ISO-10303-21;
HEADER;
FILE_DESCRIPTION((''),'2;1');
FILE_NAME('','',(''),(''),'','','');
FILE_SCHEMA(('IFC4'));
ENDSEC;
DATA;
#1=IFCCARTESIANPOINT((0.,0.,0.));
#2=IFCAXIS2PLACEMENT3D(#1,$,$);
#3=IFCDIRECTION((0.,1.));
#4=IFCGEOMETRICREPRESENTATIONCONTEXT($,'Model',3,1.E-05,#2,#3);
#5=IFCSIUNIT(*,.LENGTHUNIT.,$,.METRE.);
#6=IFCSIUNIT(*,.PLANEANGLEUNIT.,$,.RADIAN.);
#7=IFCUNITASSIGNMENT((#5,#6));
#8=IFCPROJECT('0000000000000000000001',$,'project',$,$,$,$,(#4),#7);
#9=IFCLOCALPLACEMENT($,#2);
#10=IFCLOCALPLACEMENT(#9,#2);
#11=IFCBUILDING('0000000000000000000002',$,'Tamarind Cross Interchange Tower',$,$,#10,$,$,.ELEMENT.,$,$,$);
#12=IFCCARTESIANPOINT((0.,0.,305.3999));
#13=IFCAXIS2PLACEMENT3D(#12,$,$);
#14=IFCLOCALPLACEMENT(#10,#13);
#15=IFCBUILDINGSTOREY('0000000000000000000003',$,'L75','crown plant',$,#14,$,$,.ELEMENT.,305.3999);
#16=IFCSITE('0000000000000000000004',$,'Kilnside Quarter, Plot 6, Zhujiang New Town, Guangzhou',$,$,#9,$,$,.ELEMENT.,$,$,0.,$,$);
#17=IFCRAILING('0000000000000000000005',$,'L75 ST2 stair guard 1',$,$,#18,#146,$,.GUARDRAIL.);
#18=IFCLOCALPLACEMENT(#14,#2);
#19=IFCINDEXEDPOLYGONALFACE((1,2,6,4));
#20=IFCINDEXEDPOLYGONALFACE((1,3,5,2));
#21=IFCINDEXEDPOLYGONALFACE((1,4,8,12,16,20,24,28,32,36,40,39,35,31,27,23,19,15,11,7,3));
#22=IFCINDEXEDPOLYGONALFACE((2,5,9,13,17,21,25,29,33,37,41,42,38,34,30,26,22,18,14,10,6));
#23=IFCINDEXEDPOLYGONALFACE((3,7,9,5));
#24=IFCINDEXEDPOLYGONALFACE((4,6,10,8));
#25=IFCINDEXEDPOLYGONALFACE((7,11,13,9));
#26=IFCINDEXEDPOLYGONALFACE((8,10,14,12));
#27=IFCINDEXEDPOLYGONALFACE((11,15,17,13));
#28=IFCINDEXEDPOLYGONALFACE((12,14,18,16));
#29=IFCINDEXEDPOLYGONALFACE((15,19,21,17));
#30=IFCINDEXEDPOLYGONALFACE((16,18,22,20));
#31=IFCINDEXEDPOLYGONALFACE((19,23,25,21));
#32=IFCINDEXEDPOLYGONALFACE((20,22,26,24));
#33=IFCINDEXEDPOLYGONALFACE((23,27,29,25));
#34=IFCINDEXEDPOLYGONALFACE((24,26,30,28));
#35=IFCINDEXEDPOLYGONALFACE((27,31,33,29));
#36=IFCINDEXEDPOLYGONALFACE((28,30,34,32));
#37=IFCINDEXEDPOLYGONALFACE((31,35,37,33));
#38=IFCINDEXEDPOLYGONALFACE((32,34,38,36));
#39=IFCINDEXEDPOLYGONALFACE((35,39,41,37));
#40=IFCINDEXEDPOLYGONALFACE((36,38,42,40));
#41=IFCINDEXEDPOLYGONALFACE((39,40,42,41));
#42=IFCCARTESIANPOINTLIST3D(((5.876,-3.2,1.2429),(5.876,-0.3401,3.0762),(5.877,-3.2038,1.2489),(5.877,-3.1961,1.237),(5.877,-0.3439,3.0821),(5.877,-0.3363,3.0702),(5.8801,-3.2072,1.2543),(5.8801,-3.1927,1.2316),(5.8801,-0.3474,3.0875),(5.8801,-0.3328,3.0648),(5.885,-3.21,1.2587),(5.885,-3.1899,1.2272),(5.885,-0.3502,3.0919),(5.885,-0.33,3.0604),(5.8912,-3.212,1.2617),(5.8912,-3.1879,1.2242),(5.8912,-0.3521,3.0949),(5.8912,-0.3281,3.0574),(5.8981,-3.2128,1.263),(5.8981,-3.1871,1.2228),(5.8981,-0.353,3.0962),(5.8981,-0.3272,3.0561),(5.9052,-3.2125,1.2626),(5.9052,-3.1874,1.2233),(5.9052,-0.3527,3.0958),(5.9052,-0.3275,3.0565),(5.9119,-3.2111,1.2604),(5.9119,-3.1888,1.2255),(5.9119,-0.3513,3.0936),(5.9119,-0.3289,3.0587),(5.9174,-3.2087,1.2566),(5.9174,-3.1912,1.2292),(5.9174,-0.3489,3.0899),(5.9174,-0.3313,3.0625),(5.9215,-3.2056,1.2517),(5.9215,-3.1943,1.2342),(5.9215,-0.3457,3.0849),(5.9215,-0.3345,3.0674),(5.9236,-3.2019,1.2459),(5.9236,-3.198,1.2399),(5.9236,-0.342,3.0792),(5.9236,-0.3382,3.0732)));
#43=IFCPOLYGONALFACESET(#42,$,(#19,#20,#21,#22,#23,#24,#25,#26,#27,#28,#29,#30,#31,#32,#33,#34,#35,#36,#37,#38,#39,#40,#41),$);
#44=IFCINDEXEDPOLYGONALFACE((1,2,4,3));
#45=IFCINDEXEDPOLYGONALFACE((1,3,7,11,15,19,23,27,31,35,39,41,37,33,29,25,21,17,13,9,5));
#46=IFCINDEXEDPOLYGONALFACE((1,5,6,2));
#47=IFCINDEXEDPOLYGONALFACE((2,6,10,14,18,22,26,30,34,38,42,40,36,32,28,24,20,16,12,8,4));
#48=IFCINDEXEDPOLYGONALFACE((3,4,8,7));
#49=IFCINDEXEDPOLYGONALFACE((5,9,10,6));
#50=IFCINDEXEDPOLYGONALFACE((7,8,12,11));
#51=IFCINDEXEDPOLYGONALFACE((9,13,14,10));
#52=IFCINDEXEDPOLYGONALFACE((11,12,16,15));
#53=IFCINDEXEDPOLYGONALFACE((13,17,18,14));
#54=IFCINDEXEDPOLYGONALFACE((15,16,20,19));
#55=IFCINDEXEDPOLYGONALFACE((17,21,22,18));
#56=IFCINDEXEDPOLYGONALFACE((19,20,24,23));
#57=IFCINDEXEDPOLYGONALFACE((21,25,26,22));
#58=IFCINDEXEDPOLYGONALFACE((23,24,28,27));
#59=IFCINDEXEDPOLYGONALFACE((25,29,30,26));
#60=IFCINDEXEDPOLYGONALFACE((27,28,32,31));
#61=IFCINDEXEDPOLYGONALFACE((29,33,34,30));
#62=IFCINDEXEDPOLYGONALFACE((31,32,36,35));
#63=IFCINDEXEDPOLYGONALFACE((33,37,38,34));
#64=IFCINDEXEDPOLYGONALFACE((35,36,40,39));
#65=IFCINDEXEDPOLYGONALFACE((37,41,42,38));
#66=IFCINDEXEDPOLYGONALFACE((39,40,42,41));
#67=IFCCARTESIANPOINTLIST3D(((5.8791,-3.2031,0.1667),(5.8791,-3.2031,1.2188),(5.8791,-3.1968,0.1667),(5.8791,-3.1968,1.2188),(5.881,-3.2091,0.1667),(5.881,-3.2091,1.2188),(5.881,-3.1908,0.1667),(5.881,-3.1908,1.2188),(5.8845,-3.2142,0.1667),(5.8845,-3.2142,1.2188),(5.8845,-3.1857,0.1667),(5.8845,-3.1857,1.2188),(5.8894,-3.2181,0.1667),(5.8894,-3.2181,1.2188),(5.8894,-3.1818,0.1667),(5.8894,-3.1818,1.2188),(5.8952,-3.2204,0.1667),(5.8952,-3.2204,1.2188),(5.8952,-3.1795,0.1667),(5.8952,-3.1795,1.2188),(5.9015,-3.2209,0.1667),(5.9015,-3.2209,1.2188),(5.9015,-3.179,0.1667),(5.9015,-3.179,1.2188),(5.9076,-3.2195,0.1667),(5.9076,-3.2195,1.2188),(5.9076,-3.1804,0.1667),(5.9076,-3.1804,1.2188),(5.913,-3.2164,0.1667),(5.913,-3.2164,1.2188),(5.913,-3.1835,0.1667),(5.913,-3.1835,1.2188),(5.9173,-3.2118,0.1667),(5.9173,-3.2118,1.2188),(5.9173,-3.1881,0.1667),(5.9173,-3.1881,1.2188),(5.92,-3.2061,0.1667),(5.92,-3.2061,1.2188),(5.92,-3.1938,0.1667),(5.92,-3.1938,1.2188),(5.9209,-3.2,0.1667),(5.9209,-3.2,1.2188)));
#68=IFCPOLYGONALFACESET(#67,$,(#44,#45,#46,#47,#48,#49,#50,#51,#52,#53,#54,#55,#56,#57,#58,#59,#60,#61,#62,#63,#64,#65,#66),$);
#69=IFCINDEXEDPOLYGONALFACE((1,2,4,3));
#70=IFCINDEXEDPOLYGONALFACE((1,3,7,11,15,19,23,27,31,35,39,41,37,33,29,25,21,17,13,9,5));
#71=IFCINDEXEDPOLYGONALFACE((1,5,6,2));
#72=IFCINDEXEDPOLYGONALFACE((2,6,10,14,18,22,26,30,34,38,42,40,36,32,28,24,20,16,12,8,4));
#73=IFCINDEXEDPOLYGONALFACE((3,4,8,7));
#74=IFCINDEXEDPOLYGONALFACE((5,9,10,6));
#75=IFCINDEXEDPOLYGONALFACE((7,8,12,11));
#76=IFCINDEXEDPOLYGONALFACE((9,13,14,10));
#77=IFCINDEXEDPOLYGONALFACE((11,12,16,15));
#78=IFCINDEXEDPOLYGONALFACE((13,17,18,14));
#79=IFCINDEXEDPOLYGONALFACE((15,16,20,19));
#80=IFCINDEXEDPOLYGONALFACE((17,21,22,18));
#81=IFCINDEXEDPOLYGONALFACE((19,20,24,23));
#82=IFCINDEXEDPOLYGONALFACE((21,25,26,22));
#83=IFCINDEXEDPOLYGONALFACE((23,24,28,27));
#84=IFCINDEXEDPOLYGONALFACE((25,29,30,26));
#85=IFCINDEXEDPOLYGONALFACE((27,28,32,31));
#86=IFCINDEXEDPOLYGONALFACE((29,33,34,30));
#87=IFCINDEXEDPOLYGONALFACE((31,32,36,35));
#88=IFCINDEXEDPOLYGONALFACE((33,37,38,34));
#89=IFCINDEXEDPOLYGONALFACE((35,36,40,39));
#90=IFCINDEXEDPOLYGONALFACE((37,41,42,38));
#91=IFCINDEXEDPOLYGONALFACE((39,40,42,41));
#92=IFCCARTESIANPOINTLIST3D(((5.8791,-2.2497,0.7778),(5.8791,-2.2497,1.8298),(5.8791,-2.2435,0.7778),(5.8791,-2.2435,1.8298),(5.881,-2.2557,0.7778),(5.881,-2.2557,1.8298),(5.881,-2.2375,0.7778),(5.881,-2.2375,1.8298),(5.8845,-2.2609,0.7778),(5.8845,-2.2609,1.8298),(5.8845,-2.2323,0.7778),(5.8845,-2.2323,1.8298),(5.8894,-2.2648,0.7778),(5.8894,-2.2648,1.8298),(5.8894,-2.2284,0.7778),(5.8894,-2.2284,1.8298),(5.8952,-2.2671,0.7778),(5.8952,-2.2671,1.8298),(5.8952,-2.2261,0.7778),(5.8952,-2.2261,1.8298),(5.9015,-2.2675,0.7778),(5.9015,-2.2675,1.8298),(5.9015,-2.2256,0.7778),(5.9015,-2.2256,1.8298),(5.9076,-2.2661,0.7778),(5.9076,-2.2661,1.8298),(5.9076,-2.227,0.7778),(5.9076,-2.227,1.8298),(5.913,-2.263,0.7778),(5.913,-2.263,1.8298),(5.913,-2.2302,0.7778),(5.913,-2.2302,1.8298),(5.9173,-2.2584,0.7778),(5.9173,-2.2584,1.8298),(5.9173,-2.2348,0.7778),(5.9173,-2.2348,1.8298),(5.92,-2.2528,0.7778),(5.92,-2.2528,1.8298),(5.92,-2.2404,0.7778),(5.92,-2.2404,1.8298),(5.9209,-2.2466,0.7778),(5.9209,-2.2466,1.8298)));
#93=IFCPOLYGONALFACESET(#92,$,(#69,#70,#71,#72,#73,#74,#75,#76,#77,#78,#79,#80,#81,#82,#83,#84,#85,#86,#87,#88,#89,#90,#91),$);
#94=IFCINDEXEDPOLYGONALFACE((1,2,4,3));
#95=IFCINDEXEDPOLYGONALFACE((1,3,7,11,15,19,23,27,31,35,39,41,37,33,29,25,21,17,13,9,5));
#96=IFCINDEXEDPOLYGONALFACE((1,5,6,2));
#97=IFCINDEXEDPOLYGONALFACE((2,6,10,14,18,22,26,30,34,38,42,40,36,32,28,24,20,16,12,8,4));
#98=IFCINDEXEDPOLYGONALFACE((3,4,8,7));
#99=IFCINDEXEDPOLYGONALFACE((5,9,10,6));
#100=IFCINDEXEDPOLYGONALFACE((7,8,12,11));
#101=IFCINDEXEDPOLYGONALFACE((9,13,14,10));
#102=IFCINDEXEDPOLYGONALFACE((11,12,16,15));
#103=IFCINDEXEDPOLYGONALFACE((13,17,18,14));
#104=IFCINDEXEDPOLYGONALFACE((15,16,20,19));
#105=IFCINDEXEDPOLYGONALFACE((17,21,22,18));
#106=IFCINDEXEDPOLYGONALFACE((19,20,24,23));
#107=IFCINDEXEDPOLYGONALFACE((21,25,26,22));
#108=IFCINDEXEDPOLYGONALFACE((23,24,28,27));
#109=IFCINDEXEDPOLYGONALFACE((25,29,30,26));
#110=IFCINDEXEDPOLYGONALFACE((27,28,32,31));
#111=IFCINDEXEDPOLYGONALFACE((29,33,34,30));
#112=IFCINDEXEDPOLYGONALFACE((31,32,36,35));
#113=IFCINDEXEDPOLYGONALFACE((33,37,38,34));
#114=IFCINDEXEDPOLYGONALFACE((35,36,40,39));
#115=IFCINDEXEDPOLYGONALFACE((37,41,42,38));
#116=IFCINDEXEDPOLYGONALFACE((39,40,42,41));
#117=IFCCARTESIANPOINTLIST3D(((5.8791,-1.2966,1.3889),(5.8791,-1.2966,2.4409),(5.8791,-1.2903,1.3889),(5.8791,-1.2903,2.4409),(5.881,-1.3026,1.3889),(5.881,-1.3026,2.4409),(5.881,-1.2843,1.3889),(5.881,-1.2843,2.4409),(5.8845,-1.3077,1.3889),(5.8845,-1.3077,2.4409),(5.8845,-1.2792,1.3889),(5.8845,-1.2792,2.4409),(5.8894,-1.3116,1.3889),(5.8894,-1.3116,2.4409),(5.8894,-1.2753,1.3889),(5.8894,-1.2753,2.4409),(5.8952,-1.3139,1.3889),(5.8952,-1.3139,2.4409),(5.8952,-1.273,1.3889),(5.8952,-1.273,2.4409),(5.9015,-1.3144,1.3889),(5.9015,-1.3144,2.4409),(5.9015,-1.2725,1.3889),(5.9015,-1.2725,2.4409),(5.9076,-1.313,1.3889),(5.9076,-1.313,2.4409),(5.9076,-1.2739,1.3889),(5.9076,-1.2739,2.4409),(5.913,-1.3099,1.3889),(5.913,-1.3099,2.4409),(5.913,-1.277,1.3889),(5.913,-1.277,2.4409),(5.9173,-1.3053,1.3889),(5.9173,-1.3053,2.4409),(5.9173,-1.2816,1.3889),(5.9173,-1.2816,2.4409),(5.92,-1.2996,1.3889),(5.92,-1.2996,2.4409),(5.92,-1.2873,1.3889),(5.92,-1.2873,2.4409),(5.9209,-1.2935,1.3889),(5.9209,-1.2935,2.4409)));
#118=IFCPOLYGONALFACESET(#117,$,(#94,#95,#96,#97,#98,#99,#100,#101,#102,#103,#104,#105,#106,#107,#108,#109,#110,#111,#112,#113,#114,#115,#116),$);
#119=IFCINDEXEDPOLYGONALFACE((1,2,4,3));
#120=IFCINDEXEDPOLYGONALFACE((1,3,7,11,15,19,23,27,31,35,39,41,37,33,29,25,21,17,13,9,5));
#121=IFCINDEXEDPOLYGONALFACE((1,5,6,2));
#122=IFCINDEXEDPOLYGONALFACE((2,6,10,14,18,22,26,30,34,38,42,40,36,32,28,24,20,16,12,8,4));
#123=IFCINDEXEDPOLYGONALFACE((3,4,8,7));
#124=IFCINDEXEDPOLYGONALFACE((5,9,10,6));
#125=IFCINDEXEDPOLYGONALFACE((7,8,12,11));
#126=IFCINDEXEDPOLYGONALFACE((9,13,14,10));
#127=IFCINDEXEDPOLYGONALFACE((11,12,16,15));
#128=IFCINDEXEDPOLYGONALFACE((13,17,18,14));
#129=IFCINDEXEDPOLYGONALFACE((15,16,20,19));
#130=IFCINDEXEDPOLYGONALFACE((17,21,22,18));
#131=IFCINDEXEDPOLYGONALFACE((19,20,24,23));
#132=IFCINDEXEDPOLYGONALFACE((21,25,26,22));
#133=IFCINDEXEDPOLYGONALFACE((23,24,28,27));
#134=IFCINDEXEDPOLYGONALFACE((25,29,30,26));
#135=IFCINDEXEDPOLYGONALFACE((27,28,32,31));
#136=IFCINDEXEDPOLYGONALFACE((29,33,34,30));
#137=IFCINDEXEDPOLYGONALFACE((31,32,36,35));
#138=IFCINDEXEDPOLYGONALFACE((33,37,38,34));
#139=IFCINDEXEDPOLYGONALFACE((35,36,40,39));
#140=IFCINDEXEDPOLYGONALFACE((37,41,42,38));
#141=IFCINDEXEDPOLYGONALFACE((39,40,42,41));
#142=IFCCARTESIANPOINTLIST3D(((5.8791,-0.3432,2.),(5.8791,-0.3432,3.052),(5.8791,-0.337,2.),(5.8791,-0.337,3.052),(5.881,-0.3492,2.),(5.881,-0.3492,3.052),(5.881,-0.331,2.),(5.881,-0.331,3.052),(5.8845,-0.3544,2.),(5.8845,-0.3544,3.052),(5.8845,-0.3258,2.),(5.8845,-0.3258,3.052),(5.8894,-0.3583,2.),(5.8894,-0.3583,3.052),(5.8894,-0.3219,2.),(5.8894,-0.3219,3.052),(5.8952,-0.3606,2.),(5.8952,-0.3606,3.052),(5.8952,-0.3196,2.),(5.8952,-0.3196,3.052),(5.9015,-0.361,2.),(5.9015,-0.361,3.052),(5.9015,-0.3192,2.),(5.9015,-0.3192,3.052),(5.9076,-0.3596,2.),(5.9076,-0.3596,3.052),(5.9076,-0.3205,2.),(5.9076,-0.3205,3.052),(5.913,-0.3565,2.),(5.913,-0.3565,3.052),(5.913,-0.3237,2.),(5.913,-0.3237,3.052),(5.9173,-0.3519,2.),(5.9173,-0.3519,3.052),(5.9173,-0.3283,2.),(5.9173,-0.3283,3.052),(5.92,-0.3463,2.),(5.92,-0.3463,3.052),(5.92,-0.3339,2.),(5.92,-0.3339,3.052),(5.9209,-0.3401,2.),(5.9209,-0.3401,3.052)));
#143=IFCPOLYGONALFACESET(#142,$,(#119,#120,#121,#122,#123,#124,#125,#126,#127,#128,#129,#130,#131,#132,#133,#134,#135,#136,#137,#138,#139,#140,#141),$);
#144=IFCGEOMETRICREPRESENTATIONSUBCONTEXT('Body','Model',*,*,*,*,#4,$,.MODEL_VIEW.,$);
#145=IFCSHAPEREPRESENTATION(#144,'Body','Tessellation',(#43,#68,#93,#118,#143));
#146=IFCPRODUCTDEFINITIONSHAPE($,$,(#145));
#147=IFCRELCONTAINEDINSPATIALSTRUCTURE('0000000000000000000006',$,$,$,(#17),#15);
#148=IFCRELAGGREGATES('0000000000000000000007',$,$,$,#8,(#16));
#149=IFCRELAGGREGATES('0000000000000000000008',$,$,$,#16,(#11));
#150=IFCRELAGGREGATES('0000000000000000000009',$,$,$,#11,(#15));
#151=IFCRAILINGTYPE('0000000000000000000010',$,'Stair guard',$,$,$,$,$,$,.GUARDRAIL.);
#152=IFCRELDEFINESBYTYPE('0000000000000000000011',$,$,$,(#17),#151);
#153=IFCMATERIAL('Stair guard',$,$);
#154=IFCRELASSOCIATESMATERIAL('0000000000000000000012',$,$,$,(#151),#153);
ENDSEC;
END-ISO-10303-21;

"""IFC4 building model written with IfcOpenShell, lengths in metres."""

from ifc_helpers import new_model, si_unit, direction, frame, origin, origin_2d, place, context, subcontext, project, spatial, circle, extrude, material, type_object, element, save


model = new_model("IFC4")

# Units and contexts
model_context = context("Model", 3, precision=1e-05, world=origin(), true_north=direction((0.0, 1.0)))
body_context = subcontext(model_context, "Body", "Model", "MODEL_VIEW")
ifc_project = project(units=[si_unit("LENGTHUNIT", "METRE"), si_unit("PLANEANGLEUNIT", "RADIAN")], contexts=[model_context])

# Site, building, storey
site_placement = place(None, origin())
site = spatial("IfcSite", under=ifc_project, at=site_placement, Name="Kilnside Quarter, Plot 6, Zhujiang New Town, Guangzhou", CompositionType="ELEMENT", RefElevation=0.0)
building_placement = place(site_placement, origin())
building = spatial("IfcBuilding", under=site, at=building_placement, Name="Tamarind Cross Interchange Tower", CompositionType="ELEMENT")
storey_placement = place(building_placement, frame((0.0, 0.0, 305.3999)))
storey = spatial("IfcBuildingStorey", under=building, at=storey_placement, Name="L75", Description="crown plant", CompositionType="ELEMENT", Elevation=305.3999)

# Railing
ifc_material_1 = material(Name="Stair guard")
railing_type_1 = type_object("IfcRailingType", Name="Stair guard", PredefinedType="GUARDRAIL", material=ifc_material_1)
railing_1_placement = place(storey_placement, frame((5.8999, -3.2, 0.1667)))
element("IfcRailing", 1, at=railing_1_placement, inside=storey, type_object=railing_type_1, Name="L75 ST2 stair guard 1", PredefinedType="GUARDRAIL", context=body_context, shape_type="SweptSolid", body=[
    extrude(circle(Radius=0.0239, at=origin_2d()), frame((0.0, 0.0, 1.0762), z_axis=(0.0, 0.841878, 0.539667), x_axis=(-1.0, 0.0, 0.0)), (0.0, 0.0, 1.0), 3.397),
    extrude(circle(Radius=0.021, at=origin_2d()), origin(), (0.0, 0.0, 1.0), 1.052),
    extrude(circle(Radius=0.021, at=origin_2d()), frame((0.0, 0.9534, 0.6111)), (0.0, 0.0, 1.0), 1.052),
    extrude(circle(Radius=0.021, at=origin_2d()), frame((0.0, 1.9065, 1.2222)), (0.0, 0.0, 1.0), 1.052),
    extrude(circle(Radius=0.021, at=origin_2d()), frame((0.0, 2.8599, 1.8333)), (0.0, 0.0, 1.0), 1.052),
])

save(model, "model.ifc")
